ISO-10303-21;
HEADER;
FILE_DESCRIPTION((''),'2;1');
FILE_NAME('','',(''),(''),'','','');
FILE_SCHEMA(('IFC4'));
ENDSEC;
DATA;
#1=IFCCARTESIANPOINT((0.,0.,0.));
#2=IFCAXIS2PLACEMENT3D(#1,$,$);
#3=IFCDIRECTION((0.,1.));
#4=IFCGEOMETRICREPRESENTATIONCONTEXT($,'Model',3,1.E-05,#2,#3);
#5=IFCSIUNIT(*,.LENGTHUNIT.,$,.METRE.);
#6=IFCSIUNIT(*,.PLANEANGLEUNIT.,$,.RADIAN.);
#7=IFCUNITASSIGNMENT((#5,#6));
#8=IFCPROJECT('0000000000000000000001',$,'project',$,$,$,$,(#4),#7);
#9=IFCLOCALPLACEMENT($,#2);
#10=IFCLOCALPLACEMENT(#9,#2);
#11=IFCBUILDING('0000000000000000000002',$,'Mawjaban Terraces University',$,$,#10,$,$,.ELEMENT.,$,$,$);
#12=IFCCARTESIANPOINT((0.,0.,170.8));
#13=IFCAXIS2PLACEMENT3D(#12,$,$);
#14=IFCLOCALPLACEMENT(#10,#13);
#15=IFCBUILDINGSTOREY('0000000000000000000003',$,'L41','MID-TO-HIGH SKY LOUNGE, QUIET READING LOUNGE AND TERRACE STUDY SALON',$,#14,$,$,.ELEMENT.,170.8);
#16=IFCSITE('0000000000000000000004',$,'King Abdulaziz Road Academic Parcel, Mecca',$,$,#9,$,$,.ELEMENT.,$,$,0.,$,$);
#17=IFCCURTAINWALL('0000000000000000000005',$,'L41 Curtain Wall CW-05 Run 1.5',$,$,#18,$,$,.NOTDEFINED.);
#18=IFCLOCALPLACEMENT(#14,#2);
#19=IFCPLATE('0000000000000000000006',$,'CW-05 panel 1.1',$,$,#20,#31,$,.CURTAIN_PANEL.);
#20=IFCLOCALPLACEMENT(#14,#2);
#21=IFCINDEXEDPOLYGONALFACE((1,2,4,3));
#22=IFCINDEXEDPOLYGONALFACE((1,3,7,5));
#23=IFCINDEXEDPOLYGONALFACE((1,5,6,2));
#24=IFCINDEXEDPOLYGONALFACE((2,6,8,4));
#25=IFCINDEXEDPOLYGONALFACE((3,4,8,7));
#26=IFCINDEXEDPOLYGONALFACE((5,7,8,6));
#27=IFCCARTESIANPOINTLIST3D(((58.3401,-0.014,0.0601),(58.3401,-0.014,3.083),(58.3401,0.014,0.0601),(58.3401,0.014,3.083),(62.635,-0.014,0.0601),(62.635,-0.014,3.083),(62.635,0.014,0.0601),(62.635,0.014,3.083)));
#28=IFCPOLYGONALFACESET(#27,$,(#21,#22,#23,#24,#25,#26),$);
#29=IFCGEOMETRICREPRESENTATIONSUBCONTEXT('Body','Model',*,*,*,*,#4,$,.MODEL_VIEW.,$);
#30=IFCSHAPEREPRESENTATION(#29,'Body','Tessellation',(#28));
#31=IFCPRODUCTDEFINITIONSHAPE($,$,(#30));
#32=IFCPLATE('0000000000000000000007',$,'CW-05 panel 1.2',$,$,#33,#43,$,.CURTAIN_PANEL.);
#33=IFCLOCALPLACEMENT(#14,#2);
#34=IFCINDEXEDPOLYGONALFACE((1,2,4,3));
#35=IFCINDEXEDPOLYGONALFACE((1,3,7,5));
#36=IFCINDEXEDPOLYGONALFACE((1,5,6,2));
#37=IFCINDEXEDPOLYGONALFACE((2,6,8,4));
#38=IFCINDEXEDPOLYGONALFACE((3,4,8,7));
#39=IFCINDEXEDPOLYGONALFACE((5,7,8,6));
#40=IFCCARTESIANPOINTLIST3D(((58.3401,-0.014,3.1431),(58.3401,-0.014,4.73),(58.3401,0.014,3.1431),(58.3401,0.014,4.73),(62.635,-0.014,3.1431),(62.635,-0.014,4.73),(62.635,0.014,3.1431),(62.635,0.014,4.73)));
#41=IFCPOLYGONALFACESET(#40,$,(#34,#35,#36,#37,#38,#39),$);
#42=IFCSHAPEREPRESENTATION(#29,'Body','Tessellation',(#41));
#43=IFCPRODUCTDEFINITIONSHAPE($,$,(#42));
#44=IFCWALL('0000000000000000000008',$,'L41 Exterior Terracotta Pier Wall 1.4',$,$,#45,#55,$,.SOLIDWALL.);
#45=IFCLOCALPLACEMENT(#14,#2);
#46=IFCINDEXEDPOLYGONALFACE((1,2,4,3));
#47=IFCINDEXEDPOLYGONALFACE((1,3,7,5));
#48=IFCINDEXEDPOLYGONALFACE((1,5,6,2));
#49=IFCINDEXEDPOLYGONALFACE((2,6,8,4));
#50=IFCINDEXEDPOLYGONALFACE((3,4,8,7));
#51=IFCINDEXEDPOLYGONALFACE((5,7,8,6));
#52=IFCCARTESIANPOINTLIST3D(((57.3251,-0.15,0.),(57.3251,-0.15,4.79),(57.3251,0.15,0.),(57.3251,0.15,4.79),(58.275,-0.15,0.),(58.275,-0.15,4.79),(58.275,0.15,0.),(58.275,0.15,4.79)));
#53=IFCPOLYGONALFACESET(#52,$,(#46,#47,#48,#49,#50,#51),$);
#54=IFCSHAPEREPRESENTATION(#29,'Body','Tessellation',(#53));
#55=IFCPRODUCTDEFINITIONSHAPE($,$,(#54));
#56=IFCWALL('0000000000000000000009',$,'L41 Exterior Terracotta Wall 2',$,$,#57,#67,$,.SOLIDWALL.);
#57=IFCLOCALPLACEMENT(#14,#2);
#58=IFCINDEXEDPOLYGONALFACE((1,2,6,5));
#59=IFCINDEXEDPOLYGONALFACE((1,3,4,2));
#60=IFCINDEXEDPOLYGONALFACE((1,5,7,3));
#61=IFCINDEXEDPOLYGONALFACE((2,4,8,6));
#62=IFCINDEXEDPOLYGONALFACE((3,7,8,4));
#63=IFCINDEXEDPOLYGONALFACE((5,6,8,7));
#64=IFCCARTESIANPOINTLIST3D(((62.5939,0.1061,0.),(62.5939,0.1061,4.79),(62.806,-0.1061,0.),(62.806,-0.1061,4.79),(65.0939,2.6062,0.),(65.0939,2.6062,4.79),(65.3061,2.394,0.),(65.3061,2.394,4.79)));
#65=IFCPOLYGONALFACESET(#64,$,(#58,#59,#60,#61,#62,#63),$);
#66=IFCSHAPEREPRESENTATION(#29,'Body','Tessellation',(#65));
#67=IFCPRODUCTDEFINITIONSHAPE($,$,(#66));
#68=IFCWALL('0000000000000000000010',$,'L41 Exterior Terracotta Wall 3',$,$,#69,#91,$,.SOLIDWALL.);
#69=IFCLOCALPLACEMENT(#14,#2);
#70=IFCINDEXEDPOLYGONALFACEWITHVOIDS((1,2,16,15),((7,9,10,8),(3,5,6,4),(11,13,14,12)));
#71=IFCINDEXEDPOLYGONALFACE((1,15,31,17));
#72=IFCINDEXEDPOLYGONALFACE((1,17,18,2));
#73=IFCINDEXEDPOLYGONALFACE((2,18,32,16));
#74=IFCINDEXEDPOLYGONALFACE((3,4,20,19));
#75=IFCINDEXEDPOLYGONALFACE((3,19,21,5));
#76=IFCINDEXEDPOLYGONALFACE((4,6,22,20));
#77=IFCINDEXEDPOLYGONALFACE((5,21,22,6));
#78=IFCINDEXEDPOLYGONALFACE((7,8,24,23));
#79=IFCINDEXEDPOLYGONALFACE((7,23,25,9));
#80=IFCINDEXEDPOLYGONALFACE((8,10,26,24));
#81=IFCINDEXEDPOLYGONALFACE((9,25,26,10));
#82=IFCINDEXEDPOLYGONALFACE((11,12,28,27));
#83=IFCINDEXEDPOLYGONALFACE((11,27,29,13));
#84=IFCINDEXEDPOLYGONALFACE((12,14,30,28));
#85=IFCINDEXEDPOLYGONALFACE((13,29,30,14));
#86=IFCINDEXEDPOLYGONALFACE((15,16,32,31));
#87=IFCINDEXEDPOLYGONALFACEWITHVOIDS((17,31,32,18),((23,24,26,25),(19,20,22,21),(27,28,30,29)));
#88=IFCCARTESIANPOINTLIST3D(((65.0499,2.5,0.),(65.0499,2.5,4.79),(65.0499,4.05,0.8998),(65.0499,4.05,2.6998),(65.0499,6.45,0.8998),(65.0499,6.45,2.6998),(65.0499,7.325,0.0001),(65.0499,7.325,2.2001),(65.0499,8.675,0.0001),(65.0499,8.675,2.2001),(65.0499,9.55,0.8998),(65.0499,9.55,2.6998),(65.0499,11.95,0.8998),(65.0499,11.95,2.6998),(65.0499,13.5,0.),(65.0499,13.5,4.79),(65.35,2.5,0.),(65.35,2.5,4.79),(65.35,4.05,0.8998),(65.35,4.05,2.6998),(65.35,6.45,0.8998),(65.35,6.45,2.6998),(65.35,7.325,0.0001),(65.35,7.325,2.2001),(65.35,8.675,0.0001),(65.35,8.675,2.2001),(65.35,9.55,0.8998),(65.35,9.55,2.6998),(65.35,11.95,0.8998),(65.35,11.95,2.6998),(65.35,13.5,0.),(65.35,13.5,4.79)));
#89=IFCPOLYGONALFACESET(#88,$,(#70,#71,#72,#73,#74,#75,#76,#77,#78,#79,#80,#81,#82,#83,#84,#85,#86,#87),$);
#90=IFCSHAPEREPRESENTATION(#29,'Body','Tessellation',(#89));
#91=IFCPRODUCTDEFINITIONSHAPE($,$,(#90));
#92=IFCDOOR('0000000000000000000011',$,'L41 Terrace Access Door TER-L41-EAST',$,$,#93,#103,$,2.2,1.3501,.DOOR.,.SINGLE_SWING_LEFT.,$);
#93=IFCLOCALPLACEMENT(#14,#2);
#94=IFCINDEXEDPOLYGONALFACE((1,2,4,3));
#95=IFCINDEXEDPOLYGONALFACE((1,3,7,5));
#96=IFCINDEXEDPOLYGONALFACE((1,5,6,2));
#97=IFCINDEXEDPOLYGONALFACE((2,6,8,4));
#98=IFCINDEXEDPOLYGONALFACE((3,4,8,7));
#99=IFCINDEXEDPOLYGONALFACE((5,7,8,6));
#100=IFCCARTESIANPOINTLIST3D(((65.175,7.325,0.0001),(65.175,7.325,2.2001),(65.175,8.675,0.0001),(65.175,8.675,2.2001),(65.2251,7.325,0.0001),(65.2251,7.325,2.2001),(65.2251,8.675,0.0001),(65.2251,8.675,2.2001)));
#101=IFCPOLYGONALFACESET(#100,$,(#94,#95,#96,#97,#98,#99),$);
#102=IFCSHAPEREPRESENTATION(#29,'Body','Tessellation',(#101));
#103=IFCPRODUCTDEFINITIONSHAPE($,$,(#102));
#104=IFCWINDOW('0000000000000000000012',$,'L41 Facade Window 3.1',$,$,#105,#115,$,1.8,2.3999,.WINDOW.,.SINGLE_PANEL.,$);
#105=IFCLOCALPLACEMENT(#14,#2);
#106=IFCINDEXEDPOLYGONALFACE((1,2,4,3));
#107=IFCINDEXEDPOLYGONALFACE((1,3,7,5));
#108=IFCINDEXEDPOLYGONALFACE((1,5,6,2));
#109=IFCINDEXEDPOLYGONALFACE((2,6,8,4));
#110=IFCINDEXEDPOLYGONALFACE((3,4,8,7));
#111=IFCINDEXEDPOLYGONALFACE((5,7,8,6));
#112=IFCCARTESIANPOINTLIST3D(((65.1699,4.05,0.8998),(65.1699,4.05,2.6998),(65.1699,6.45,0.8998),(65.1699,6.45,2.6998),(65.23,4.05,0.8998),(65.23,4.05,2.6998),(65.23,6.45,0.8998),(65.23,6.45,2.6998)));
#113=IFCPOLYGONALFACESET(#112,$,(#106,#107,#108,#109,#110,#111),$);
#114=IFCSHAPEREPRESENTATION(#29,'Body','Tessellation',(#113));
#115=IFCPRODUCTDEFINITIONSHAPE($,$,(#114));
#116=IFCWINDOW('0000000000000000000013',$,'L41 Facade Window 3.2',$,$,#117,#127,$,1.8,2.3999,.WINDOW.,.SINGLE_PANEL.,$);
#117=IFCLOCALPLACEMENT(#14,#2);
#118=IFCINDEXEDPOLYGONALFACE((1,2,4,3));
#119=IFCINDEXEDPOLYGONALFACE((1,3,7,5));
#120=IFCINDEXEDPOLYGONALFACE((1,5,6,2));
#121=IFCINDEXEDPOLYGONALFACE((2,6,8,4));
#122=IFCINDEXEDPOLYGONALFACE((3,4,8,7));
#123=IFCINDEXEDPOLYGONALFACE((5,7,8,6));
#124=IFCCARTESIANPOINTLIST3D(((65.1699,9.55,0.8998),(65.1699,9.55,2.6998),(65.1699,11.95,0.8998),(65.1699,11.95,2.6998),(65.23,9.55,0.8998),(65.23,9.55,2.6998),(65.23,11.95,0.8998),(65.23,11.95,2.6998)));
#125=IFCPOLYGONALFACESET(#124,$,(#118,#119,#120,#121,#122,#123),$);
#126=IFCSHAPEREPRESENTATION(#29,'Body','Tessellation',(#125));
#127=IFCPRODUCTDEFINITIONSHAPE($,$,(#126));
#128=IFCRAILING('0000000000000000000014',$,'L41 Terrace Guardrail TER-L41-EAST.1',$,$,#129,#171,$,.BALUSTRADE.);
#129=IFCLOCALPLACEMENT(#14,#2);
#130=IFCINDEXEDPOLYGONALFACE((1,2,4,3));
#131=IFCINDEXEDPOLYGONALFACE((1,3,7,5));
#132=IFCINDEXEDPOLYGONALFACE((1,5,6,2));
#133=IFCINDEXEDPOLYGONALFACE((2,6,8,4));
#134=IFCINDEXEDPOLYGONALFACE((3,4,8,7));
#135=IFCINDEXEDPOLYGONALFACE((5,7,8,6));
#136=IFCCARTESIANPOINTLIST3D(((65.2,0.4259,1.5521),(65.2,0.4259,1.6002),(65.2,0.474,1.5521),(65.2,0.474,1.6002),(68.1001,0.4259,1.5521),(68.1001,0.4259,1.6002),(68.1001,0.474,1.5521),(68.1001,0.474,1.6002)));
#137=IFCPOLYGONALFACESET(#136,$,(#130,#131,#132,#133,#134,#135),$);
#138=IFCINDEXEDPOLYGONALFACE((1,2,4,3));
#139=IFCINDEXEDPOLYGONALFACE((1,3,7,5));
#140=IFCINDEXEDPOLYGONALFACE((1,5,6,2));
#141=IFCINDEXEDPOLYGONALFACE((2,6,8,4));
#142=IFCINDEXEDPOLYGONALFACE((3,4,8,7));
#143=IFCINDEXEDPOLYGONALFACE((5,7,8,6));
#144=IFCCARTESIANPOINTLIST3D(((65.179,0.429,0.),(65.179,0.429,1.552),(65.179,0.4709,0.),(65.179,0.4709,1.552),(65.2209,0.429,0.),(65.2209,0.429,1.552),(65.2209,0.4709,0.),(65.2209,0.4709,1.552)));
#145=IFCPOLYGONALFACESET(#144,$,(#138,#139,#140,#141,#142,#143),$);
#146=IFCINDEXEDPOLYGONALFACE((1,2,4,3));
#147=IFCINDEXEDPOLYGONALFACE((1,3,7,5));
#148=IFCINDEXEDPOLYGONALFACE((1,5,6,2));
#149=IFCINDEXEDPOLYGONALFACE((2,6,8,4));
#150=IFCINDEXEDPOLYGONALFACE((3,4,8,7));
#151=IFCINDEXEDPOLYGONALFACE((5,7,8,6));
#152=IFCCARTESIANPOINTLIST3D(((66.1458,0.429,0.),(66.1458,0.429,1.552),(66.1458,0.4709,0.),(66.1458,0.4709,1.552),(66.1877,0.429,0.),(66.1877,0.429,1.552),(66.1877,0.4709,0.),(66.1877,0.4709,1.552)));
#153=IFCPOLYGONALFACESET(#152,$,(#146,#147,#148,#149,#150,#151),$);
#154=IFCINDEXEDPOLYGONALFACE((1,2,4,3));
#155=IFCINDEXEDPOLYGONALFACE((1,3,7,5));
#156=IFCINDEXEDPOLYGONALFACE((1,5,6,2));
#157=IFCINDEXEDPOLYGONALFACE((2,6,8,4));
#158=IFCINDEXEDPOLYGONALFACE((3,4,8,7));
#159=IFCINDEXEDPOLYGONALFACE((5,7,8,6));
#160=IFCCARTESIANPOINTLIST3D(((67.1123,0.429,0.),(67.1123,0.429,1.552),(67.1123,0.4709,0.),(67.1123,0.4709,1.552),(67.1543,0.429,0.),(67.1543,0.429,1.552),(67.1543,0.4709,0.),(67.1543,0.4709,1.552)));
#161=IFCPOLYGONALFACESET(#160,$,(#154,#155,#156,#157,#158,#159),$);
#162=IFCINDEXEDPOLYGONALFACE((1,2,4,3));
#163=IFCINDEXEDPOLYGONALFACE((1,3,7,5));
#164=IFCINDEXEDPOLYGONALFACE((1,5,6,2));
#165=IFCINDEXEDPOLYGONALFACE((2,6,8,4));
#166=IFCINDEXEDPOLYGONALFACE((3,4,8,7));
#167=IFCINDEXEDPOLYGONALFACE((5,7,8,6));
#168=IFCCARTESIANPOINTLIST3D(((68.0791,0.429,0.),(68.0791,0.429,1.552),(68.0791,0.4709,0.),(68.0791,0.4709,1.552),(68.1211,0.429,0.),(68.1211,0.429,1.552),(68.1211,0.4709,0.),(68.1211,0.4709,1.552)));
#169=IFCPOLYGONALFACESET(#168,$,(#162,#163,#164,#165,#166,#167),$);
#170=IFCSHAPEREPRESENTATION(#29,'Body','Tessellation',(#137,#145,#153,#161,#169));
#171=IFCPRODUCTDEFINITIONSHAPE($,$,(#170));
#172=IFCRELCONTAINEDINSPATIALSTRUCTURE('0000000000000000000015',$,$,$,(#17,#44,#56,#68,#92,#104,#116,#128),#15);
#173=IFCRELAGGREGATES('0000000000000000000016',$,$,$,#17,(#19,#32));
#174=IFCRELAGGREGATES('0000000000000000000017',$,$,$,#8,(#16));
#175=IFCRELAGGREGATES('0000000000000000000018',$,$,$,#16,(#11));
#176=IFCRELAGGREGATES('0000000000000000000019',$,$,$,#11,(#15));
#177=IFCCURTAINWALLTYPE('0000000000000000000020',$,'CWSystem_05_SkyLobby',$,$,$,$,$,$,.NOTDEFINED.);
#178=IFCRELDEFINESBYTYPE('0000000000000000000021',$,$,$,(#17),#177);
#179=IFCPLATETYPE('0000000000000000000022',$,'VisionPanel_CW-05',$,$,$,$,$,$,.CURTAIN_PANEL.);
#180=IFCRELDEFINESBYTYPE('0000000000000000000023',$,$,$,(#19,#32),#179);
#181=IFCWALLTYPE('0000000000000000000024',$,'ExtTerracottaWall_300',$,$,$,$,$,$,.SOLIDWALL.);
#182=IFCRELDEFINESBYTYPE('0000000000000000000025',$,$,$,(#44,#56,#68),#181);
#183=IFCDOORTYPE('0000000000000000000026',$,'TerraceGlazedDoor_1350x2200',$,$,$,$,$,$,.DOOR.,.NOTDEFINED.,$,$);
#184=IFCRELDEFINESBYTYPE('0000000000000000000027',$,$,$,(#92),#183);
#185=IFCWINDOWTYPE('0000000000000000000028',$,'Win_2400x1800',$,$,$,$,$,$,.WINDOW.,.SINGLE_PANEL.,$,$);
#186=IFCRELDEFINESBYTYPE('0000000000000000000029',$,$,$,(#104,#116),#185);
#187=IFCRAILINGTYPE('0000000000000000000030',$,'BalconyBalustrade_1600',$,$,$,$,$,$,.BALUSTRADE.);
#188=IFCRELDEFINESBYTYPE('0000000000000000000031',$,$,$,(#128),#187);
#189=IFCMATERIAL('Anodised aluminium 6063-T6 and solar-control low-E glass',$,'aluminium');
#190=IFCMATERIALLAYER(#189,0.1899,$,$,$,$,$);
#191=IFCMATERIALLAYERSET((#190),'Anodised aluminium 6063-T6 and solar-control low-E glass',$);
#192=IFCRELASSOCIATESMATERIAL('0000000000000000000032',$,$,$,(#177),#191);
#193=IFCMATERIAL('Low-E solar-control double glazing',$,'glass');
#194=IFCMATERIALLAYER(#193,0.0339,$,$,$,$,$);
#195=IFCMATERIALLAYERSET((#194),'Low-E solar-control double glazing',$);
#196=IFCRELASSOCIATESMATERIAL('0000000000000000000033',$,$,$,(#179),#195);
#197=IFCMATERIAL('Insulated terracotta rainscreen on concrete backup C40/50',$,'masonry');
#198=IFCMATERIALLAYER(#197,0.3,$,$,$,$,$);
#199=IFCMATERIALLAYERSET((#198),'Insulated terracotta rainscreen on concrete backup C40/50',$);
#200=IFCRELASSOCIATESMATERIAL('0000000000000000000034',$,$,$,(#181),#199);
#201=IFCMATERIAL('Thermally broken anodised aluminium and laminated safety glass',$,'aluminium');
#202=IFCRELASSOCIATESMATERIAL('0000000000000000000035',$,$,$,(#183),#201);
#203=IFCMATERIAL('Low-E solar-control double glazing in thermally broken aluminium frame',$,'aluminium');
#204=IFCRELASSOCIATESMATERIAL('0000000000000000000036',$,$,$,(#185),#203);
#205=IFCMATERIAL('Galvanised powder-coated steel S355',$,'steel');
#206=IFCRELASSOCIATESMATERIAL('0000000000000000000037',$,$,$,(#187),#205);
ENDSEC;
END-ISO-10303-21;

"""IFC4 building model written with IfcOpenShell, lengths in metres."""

from ifc_helpers import new_model, si_unit, direction, frame, frame_2d, origin, origin_2d, place, context, subcontext, project, spatial, rectangle, extrude, material, layer, layer_set, type_object, element, fill, aggregate, save


model = new_model("IFC4")

# Units and contexts
model_context = context("Model", 3, precision=1e-05, world=origin(), true_north=direction((0.0, 1.0)))
body_context = subcontext(model_context, "Body", "Model", "MODEL_VIEW")
ifc_project = project(units=[si_unit("LENGTHUNIT", "METRE"), si_unit("PLANEANGLEUNIT", "RADIAN")], contexts=[model_context])

# Site, building, storey
site_placement = place(None, origin())
site = spatial("IfcSite", under=ifc_project, at=site_placement, Name="King Abdulaziz Road Academic Parcel, Mecca", CompositionType="ELEMENT", RefElevation=0.0)
building_placement = place(site_placement, origin())
building = spatial("IfcBuilding", under=site, at=building_placement, Name="Mawjaban Terraces University", CompositionType="ELEMENT")
storey_placement = place(building_placement, frame((0.0, 0.0, 170.8)))
storey = spatial("IfcBuildingStorey", under=building, at=storey_placement, Name="L41", Description="MID-TO-HIGH SKY LOUNGE, QUIET READING LOUNGE AND TERRACE STUDY SALON", CompositionType="ELEMENT", Elevation=170.8)

# Shared definitions
ifc_material_1 = material(Name="Anodised aluminium 6063-T6 and solar-control low-E glass", Category="aluminium")
ifc_layer_1 = layer(ifc_material_1, 0.1899)
ifc_layer_set_1 = layer_set([ifc_layer_1], Name="Anodised aluminium 6063-T6 and solar-control low-E glass")
curtain_wall_type = type_object("IfcCurtainWallType", Name="CWSystem_05_SkyLobby", PredefinedType="NOTDEFINED", material=ifc_layer_set_1)

# Curtain wall, plates
curtain_wall_1_placement = place(storey_placement, origin())
curtain_wall_1 = element("IfcCurtainWall", 1, at=curtain_wall_1_placement, inside=storey, type_object=curtain_wall_type, Name="L41 Curtain Wall CW-05 Run 1.5", PredefinedType="NOTDEFINED")
ifc_material_2 = material(Name="Low-E solar-control double glazing", Category="glass")
ifc_layer_2 = layer(ifc_material_2, 0.0339)
ifc_layer_set_2 = layer_set([ifc_layer_2], Name="Low-E solar-control double glazing")
plate_type = type_object("IfcPlateType", Name="VisionPanel_CW-05", PredefinedType="CURTAIN_PANEL", material=ifc_layer_set_2)
plate_1_placement = place(storey_placement, frame((60.4875, 0.0, 0.0601), z_axis=(0.0, 0.0, 1.0), x_axis=(1.0, 0.0, 0.0)))
plate_1 = element("IfcPlate", 2, at=plate_1_placement, type_object=plate_type, Name="CW-05 panel 1.1", PredefinedType="CURTAIN_PANEL", context=body_context, shape_type="SweptSolid", body=[
    extrude(rectangle(XDim=4.2949, YDim=0.0281, at=origin_2d()), origin(), (0.0, 0.0, 1.0), 3.0229),
])
plate_2_placement = place(storey_placement, frame((60.4875, 0.0, 3.1431), z_axis=(0.0, 0.0, 1.0), x_axis=(1.0, 0.0, 0.0)))
plate_2 = element("IfcPlate", 3, at=plate_2_placement, type_object=plate_type, Name="CW-05 panel 1.2", PredefinedType="CURTAIN_PANEL", context=body_context, shape_type="SweptSolid", body=[
    extrude(rectangle(XDim=4.2949, YDim=0.0281, at=origin_2d()), origin(), (0.0, 0.0, 1.0), 1.5869),
])
aggregate(curtain_wall_1, [plate_1, plate_2])

# Walls
ifc_material_3 = material(Name="Insulated terracotta rainscreen on concrete backup C40/50", Category="masonry")
ifc_layer_3 = layer(ifc_material_3, 0.3)
ifc_layer_set_3 = layer_set([ifc_layer_3], Name="Insulated terracotta rainscreen on concrete backup C40/50")
wall_type = type_object("IfcWallType", Name="ExtTerracottaWall_300", PredefinedType="SOLIDWALL", material=ifc_layer_set_3)
wall_1_placement = place(storey_placement, frame((57.325, 0.0, 0.0), z_axis=(0.0, 0.0, 1.0), x_axis=(1.0, 0.0, 0.0)))
element("IfcWall", 4, at=wall_1_placement, inside=storey, type_object=wall_type, Name="L41 Exterior Terracotta Pier Wall 1.4", PredefinedType="SOLIDWALL", context=body_context, shape_type="SweptSolid", body=[
    extrude(rectangle(XDim=0.95, YDim=0.3, at=frame_2d((0.4751, 0.0))), origin(), (0.0, 0.0, 1.0), 4.79),
])
wall_2_placement = place(storey_placement, frame((62.7, 0.0, 0.0), z_axis=(0.0, 0.0, 1.0), x_axis=(0.707107, 0.707107, 0.0)))
element("IfcWall", 5, at=wall_2_placement, inside=storey, type_object=wall_type, Name="L41 Exterior Terracotta Wall 2", PredefinedType="SOLIDWALL", context=body_context, shape_type="SweptSolid", body=[
    extrude(rectangle(XDim=3.5356, YDim=0.3, at=frame_2d((1.7678, 0.0))), origin(), (0.0, 0.0, 1.0), 4.79),
])

# Wall, openings, door, windows
wall_3_placement = place(storey_placement, frame((65.2, 2.5, 0.0), z_axis=(0.0, 0.0, 1.0), x_axis=(0.0, 1.0, 0.0)))
wall_3 = element("IfcWall", 6, at=wall_3_placement, inside=storey, type_object=wall_type, Name="L41 Exterior Terracotta Wall 3", PredefinedType="SOLIDWALL", context=body_context, shape_type="SweptSolid", body=[
    extrude(rectangle(XDim=11.0, YDim=0.3, at=frame_2d((5.5, 0.0))), origin(), (0.0, 0.0, 1.0), 4.79),
])
opening_1_placement = place(wall_3_placement, frame((4.825, 0.0, 0.0)))
opening_1 = element("IfcOpeningElement", 7, at=opening_1_placement, cuts=wall_3, PredefinedType="OPENING", context=body_context, shape_type="SweptSolid", body=[
    extrude(rectangle(XDim=1.3501, YDim=2.2, at=frame_2d((0.675, 1.1001))), frame((0.0, 0.1599, 0.0), z_axis=(0.0, -1.0, 0.0), x_axis=(1.0, 0.0, 0.0)), (0.0, 0.0, 1.0), 0.3201),
])
opening_2_placement = place(wall_3_placement, frame((1.55, 0.0, 0.8999)))
opening_2 = element("IfcOpeningElement", 8, at=opening_2_placement, cuts=wall_3, PredefinedType="OPENING", context=body_context, shape_type="SweptSolid", body=[
    extrude(rectangle(XDim=2.3999, YDim=1.8, at=frame_2d((1.2, 0.8999))), frame((0.0, 0.1599, 0.0), z_axis=(0.0, -1.0, 0.0), x_axis=(1.0, 0.0, 0.0)), (0.0, 0.0, 1.0), 0.3201),
])
opening_3_placement = place(wall_3_placement, frame((7.05, 0.0, 0.8999)))
opening_3 = element("IfcOpeningElement", 9, at=opening_3_placement, cuts=wall_3, PredefinedType="OPENING", context=body_context, shape_type="SweptSolid", body=[
    extrude(rectangle(XDim=2.3999, YDim=1.8, at=frame_2d((1.2, 0.8999))), frame((0.0, 0.1599, 0.0), z_axis=(0.0, -1.0, 0.0), x_axis=(1.0, 0.0, 0.0)), (0.0, 0.0, 1.0), 0.3201),
])
ifc_material_4 = material(Name="Thermally broken anodised aluminium and laminated safety glass", Category="aluminium")
door_type = type_object("IfcDoorType", Name="TerraceGlazedDoor_1350x2200", OperationType="NOTDEFINED", PredefinedType="DOOR", material=ifc_material_4)
door_placement = place(opening_1_placement, origin())
door = element("IfcDoor", 10, at=door_placement, inside=storey, type_object=door_type, Name="L41 Terrace Access Door TER-L41-EAST", OperationType="SINGLE_SWING_LEFT", OverallHeight=2.2, OverallWidth=1.3501, PredefinedType="DOOR", context=body_context, shape_type="SweptSolid", body=[
    extrude(rectangle(XDim=1.3501, YDim=2.2, at=frame_2d((0.675, 1.1001))), frame((0.0, 0.0249, 0.0), z_axis=(0.0, -1.0, 0.0), x_axis=(1.0, 0.0, 0.0)), (0.0, 0.0, 1.0), 0.05),
])
fill(opening_1, door)
ifc_material_5 = material(Name="Low-E solar-control double glazing in thermally broken aluminium frame", Category="aluminium")
window_type = type_object("IfcWindowType", Name="Win_2400x1800", PartitioningType="SINGLE_PANEL", PredefinedType="WINDOW", material=ifc_material_5)
window_1_placement = place(opening_2_placement, origin())
window_1 = element("IfcWindow", 11, at=window_1_placement, inside=storey, type_object=window_type, Name="L41 Facade Window 3.1", OverallHeight=1.8, OverallWidth=2.3999, PartitioningType="SINGLE_PANEL", PredefinedType="WINDOW", context=body_context, shape_type="SweptSolid", body=[
    extrude(rectangle(XDim=2.3999, YDim=1.8, at=frame_2d((1.2, 0.8999))), frame((0.0, 0.03, 0.0), z_axis=(0.0, -1.0, 0.0), x_axis=(1.0, 0.0, 0.0)), (0.0, 0.0, 1.0), 0.0601),
])
fill(opening_2, window_1)
window_2_placement = place(opening_3_placement, origin())
window_2 = element("IfcWindow", 12, at=window_2_placement, inside=storey, type_object=window_type, Name="L41 Facade Window 3.2", OverallHeight=1.8, OverallWidth=2.3999, PartitioningType="SINGLE_PANEL", PredefinedType="WINDOW", context=body_context, shape_type="SweptSolid", body=[
    extrude(rectangle(XDim=2.3999, YDim=1.8, at=frame_2d((1.2, 0.8999))), frame((0.0, 0.03, 0.0), z_axis=(0.0, -1.0, 0.0), x_axis=(1.0, 0.0, 0.0)), (0.0, 0.0, 1.0), 0.0601),
])
fill(opening_3, window_2)

# Railing
ifc_material_6 = material(Name="Galvanised powder-coated steel S355", Category="steel")
railing_type = type_object("IfcRailingType", Name="BalconyBalustrade_1600", PredefinedType="BALUSTRADE", material=ifc_material_6)
railing_1_placement = place(storey_placement, frame((65.2, 0.45, 0.0)))
element("IfcRailing", 13, at=railing_1_placement, inside=storey, type_object=railing_type, Name="L41 Terrace Guardrail TER-L41-EAST.1", PredefinedType="BALUSTRADE", context=body_context, shape_type="SweptSolid", body=[
    extrude(rectangle(XDim=0.0481, YDim=0.0481, at=origin_2d()), frame((0.0, 0.0, 1.5762), z_axis=(1.0, 0.0, 0.0), x_axis=(0.0, 1.0, 0.0)), (0.0, 0.0, 1.0), 2.9001),
    extrude(rectangle(XDim=0.042, YDim=0.042, at=origin_2d()), origin(), (0.0, 0.0, 1.0), 1.552),
    extrude(rectangle(XDim=0.042, YDim=0.042, at=origin_2d()), frame((0.9668, 0.0, 0.0)), (0.0, 0.0, 1.0), 1.552),
    extrude(rectangle(XDim=0.042, YDim=0.042, at=origin_2d()), frame((1.9333, 0.0, 0.0)), (0.0, 0.0, 1.0), 1.552),
    extrude(rectangle(XDim=0.042, YDim=0.042, at=origin_2d()), frame((2.9001, 0.0, 0.0)), (0.0, 0.0, 1.0), 1.552),
])

save(model, "model.ifc")
